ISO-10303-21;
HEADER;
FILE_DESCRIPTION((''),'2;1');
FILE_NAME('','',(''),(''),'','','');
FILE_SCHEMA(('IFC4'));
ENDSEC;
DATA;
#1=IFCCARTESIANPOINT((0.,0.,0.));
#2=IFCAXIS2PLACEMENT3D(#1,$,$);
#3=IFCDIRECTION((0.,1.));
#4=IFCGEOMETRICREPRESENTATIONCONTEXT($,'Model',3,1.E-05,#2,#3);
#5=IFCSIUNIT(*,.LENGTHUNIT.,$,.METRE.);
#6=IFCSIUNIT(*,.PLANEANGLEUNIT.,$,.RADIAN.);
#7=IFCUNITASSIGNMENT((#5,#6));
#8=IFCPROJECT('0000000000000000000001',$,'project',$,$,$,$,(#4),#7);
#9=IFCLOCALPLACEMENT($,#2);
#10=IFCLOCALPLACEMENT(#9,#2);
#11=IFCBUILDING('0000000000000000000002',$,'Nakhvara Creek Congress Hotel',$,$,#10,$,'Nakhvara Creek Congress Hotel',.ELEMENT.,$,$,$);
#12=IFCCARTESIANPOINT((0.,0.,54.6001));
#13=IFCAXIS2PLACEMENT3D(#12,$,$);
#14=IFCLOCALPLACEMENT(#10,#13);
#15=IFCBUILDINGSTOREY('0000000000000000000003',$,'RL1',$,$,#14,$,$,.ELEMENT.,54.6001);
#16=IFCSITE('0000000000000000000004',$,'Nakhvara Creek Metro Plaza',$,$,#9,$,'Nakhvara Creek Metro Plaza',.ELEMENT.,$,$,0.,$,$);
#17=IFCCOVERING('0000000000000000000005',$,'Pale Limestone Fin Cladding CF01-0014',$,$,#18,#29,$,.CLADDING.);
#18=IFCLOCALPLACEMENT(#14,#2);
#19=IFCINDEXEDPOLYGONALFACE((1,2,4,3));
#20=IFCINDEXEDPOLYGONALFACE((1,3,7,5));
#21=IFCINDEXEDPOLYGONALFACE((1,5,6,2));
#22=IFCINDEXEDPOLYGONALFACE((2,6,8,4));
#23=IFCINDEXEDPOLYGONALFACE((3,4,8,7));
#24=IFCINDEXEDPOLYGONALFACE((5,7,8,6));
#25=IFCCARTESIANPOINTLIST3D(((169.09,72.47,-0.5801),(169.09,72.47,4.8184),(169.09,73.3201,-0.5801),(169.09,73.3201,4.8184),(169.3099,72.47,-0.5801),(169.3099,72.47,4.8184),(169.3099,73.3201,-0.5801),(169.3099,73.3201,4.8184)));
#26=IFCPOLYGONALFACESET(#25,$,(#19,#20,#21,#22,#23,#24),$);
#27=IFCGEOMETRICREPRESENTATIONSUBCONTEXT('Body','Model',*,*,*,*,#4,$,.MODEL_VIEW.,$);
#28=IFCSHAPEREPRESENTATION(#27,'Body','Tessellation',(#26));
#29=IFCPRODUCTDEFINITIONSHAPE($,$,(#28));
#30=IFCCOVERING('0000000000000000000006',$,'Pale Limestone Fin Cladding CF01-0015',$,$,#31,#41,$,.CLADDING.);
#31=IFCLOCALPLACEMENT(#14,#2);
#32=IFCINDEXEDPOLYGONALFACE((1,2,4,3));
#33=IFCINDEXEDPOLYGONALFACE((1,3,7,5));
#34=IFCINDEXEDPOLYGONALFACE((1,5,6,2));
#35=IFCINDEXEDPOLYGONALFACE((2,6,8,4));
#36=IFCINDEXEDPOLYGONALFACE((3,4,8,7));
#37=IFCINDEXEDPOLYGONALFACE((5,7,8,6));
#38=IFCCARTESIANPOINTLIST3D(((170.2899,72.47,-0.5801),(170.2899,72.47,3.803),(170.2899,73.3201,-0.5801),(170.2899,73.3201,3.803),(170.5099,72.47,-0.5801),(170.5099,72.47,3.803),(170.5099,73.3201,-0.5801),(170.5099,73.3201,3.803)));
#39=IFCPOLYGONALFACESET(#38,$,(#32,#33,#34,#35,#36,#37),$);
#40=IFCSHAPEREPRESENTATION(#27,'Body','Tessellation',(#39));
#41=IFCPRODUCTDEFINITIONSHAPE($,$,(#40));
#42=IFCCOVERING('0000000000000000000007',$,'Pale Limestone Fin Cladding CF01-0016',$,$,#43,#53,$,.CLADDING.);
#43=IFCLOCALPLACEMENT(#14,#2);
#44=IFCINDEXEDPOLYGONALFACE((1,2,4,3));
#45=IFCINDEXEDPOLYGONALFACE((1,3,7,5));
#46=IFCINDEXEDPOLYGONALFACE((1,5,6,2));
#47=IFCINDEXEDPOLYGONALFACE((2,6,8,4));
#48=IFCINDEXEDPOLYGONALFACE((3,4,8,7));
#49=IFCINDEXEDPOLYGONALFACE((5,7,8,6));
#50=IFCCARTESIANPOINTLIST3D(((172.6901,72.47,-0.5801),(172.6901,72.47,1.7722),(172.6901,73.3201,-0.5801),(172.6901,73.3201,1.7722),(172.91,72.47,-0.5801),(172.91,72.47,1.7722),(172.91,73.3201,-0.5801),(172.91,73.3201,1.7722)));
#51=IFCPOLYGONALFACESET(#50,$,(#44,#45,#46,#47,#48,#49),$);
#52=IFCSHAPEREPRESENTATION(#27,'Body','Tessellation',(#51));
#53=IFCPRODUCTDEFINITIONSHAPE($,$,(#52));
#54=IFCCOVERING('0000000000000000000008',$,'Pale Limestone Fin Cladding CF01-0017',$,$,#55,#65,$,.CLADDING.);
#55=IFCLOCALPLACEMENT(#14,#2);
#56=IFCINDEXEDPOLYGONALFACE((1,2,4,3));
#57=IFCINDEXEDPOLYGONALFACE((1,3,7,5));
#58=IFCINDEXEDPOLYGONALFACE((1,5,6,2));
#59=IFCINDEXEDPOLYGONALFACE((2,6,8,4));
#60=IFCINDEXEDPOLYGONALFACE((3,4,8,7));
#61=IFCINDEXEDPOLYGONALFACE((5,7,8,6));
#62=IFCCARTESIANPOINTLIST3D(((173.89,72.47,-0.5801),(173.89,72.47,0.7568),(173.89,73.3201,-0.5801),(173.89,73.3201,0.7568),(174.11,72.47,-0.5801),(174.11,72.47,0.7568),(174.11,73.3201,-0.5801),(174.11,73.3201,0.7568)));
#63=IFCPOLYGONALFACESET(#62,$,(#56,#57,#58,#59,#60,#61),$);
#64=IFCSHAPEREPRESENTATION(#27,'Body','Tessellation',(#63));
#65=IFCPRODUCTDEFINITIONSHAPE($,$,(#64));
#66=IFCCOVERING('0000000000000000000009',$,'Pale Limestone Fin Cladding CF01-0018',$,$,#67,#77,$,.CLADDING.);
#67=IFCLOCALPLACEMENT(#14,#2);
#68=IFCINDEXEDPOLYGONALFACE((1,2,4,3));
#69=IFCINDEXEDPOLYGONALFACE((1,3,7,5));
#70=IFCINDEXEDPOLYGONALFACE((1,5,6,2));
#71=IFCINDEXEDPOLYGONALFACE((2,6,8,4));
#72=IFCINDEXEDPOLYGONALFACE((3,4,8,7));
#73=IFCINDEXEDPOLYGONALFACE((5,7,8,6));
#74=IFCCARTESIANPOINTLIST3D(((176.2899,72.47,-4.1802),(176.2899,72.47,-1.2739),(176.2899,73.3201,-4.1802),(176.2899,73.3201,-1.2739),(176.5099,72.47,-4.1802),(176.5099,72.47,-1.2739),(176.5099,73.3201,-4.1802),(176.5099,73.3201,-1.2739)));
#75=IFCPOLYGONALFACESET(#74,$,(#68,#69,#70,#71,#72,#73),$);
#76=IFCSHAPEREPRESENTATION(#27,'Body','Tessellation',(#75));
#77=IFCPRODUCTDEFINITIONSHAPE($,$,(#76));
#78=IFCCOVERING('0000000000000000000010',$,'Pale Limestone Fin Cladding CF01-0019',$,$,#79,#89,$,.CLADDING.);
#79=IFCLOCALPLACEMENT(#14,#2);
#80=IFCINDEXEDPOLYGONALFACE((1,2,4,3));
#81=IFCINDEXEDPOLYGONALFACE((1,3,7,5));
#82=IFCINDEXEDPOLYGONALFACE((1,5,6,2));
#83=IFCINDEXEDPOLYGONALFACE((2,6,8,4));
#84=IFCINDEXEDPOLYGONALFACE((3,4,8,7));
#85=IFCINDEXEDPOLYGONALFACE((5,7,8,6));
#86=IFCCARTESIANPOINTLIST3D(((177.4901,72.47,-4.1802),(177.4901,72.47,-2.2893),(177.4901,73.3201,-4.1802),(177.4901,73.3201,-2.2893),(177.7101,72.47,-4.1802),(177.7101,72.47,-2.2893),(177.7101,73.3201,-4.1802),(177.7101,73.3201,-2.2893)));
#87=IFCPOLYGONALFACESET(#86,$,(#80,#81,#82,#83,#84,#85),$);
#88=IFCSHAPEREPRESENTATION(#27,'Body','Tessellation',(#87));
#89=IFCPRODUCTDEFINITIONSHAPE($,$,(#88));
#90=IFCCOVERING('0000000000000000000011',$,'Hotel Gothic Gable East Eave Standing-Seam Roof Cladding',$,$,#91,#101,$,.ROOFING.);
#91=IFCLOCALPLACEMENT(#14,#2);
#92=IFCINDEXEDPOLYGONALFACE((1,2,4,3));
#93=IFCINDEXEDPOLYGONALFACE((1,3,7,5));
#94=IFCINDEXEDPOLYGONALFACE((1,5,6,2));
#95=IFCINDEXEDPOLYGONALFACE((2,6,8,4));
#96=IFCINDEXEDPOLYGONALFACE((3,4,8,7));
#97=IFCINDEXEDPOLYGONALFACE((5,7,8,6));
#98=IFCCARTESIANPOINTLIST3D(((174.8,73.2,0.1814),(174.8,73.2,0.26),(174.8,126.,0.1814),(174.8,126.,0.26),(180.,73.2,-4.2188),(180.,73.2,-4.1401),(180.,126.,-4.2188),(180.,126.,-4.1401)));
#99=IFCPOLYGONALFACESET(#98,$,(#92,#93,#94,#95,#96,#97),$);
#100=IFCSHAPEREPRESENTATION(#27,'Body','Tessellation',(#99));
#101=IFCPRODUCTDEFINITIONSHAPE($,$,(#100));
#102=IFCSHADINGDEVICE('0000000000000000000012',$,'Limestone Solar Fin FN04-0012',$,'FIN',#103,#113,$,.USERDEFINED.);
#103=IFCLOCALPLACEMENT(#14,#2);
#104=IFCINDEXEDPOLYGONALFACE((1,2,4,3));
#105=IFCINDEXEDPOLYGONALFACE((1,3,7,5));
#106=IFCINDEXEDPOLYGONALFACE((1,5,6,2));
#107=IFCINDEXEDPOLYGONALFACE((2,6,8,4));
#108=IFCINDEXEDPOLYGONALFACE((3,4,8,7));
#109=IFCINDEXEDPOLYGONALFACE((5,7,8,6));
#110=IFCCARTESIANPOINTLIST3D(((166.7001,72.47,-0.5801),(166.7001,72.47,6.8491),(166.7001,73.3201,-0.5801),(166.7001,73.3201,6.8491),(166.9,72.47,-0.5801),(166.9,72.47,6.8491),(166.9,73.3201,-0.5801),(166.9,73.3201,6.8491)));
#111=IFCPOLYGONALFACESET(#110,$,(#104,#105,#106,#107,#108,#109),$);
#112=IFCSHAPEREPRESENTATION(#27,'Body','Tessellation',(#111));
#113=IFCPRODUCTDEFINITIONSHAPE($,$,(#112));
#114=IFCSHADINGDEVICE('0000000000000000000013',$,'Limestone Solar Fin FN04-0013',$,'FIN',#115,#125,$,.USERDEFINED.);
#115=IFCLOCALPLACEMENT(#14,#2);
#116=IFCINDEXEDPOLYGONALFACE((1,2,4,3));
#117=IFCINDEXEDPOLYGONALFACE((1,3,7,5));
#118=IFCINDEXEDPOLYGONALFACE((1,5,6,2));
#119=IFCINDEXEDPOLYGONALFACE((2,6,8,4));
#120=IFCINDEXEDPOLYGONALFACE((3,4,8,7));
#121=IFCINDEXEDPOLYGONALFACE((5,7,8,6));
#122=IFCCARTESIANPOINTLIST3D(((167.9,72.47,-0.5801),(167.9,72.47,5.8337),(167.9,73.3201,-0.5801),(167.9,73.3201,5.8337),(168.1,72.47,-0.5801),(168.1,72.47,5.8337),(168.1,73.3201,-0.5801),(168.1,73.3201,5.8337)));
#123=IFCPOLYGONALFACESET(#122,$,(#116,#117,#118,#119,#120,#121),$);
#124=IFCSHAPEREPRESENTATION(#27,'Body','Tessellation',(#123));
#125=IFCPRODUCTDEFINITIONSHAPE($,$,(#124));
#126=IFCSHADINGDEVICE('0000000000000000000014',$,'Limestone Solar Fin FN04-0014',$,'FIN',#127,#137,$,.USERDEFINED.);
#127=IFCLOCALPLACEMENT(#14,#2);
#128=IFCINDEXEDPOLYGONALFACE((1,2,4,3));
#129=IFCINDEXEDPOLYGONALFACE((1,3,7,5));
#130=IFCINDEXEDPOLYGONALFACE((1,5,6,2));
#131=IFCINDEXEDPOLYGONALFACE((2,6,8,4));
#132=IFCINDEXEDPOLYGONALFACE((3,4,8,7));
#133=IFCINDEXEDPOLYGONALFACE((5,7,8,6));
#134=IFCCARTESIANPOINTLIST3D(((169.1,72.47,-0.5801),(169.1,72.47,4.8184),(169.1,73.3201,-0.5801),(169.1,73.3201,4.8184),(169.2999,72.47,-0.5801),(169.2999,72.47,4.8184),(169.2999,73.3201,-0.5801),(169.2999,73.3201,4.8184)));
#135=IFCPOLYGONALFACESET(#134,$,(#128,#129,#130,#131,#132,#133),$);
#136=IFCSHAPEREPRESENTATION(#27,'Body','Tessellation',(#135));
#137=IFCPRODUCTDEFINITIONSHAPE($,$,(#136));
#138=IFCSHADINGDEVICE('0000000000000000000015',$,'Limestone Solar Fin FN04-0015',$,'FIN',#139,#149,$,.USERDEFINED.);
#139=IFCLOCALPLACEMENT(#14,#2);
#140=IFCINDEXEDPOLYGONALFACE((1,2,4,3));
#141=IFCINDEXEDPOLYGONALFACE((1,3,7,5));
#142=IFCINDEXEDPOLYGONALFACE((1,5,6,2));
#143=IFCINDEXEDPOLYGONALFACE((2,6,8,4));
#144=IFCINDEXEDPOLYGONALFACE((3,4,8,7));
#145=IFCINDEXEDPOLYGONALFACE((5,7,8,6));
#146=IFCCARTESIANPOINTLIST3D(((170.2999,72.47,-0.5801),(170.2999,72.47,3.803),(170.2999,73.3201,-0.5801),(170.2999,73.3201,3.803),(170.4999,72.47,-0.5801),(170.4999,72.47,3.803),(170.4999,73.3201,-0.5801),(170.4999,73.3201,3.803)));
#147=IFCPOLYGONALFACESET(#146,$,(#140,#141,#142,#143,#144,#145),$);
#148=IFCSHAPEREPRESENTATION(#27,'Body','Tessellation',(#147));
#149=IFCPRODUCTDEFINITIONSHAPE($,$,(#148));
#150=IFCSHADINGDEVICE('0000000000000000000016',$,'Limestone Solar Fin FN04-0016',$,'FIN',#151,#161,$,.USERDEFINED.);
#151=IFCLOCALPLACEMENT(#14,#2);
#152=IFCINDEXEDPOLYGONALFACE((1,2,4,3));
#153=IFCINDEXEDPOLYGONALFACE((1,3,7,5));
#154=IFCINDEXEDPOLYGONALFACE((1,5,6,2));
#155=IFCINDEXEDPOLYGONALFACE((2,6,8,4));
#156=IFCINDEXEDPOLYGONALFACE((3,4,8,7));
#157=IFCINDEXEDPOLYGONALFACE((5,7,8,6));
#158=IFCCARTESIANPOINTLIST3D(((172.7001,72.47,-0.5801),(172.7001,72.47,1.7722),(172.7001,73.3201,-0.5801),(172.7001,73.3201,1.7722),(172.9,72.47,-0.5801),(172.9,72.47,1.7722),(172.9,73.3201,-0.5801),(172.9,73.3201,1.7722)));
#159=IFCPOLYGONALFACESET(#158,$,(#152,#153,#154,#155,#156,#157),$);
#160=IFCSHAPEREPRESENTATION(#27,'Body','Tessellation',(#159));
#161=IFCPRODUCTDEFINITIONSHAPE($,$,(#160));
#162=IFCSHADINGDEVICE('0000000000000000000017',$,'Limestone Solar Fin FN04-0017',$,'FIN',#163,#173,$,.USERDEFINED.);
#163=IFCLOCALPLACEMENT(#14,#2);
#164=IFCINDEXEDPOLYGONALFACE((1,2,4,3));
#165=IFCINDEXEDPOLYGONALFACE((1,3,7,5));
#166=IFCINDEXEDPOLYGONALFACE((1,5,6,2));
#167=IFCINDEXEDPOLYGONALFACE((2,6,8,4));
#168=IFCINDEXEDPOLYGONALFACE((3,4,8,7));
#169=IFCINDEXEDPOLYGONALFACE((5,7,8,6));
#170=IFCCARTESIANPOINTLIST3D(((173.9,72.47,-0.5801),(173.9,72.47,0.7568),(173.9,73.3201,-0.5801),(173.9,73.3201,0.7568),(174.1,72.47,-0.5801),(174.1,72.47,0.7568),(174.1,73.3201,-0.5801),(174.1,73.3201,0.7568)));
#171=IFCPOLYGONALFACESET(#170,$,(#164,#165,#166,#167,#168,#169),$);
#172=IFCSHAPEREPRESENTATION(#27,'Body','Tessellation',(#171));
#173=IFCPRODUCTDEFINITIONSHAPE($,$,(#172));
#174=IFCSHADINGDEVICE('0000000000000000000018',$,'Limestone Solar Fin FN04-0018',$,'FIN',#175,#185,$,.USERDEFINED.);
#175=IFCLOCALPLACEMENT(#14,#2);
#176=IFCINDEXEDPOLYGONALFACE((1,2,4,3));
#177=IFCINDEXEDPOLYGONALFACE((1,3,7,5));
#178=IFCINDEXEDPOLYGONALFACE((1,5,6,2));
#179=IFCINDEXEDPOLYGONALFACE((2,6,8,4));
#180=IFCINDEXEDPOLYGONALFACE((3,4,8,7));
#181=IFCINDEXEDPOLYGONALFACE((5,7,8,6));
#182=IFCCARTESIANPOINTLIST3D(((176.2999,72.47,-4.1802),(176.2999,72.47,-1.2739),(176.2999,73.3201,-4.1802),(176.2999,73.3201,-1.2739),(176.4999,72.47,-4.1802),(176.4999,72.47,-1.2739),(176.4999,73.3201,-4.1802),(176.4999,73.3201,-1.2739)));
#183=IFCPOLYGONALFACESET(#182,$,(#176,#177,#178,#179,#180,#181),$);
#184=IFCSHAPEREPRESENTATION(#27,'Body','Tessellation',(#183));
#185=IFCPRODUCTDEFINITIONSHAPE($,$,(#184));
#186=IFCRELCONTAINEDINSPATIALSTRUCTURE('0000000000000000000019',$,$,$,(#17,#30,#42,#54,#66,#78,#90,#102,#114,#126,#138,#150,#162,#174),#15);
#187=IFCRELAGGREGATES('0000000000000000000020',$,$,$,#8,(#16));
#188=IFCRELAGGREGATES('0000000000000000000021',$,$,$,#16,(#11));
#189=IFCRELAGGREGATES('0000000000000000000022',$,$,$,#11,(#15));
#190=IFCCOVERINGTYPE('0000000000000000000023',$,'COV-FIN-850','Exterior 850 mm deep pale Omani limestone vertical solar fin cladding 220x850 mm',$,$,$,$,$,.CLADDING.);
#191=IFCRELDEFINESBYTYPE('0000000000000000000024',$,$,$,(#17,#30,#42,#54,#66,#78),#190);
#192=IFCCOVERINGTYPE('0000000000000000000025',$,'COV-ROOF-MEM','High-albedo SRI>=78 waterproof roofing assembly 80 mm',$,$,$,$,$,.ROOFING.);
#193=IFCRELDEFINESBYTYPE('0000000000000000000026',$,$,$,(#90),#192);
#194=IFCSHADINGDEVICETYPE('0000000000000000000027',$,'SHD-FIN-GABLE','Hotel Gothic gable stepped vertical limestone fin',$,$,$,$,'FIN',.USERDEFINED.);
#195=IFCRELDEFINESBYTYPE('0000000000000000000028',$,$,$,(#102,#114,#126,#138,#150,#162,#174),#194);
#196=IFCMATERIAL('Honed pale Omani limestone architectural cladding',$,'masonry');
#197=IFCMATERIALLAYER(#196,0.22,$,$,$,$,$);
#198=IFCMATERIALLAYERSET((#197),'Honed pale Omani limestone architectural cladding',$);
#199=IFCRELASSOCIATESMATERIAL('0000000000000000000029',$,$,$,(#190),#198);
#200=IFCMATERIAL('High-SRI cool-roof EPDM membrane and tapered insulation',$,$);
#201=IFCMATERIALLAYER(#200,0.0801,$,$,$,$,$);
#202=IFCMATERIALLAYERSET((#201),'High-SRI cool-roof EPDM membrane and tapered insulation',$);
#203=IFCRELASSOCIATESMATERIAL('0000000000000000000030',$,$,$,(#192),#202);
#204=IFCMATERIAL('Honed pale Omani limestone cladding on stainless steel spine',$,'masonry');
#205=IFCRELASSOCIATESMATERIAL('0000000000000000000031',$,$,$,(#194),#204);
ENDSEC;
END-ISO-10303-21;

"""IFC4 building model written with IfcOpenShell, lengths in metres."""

from ifc_helpers import new_model, si_unit, direction, frame, origin, origin_2d, place, context, subcontext, project, spatial, polyline, rectangle, outline, extrude, material, layer, layer_set, type_object, element, save


model = new_model("IFC4")

# Units and contexts
model_context = context("Model", 3, precision=1e-05, world=origin(), true_north=direction((0.0, 1.0)))
body_context = subcontext(model_context, "Body", "Model", "MODEL_VIEW")
ifc_project = project(units=[si_unit("LENGTHUNIT", "METRE"), si_unit("PLANEANGLEUNIT", "RADIAN")], contexts=[model_context])

# Site, building, storey
site_placement = place(None, origin())
site = spatial("IfcSite", under=ifc_project, at=site_placement, Name="Nakhvara Creek Metro Plaza", LongName="Nakhvara Creek Metro Plaza", CompositionType="ELEMENT", RefElevation=0.0)
building_placement = place(site_placement, origin())
building = spatial("IfcBuilding", under=site, at=building_placement, Name="Nakhvara Creek Congress Hotel", LongName="Nakhvara Creek Congress Hotel", CompositionType="ELEMENT")
storey_placement = place(building_placement, frame((0.0, 0.0, 54.6001)))
storey = spatial("IfcBuildingStorey", under=building, at=storey_placement, Name="RL1", CompositionType="ELEMENT", Elevation=54.6001)

# Coverings
ifc_material_1 = material(Name="Honed pale Omani limestone architectural cladding", Category="masonry")
ifc_layer_1 = layer(ifc_material_1, 0.22)
ifc_layer_set_1 = layer_set([ifc_layer_1], Name="Honed pale Omani limestone architectural cladding")
covering_type_1 = type_object("IfcCoveringType", Name="COV-FIN-850", Description="Exterior 850 mm deep pale Omani limestone vertical solar fin cladding 220x850 mm", PredefinedType="CLADDING", material=ifc_layer_set_1)
covering_1_placement = place(storey_placement, frame((169.2, 72.895, -0.5801), z_axis=(0.0, 0.0, 1.0), x_axis=(1.0, 0.0, 0.0)))
element("IfcCovering", 1, at=covering_1_placement, inside=storey, type_object=covering_type_1, Name="Pale Limestone Fin Cladding CF01-0014", PredefinedType="CLADDING", context=body_context, shape_type="SweptSolid", body=[
    extrude(rectangle(XDim=0.22, YDim=0.8501, at=origin_2d()), origin(), (0.0, 0.0, 1.0), 5.3984),
])
covering_2_placement = place(storey_placement, frame((170.3999, 72.895, -0.5801), z_axis=(0.0, 0.0, 1.0), x_axis=(1.0, 0.0, 0.0)))
element("IfcCovering", 2, at=covering_2_placement, inside=storey, type_object=covering_type_1, Name="Pale Limestone Fin Cladding CF01-0015", PredefinedType="CLADDING", context=body_context, shape_type="SweptSolid", body=[
    extrude(rectangle(XDim=0.22, YDim=0.8501, at=origin_2d()), origin(), (0.0, 0.0, 1.0), 4.3831),
])
covering_3_placement = place(storey_placement, frame((172.8, 72.895, -0.5801), z_axis=(0.0, 0.0, 1.0), x_axis=(1.0, 0.0, 0.0)))
element("IfcCovering", 3, at=covering_3_placement, inside=storey, type_object=covering_type_1, Name="Pale Limestone Fin Cladding CF01-0016", PredefinedType="CLADDING", context=body_context, shape_type="SweptSolid", body=[
    extrude(rectangle(XDim=0.22, YDim=0.8501, at=origin_2d()), origin(), (0.0, 0.0, 1.0), 2.3523),
])
covering_4_placement = place(storey_placement, frame((174.0, 72.895, -0.5801), z_axis=(0.0, 0.0, 1.0), x_axis=(1.0, 0.0, 0.0)))
element("IfcCovering", 4, at=covering_4_placement, inside=storey, type_object=covering_type_1, Name="Pale Limestone Fin Cladding CF01-0017", PredefinedType="CLADDING", context=body_context, shape_type="SweptSolid", body=[
    extrude(rectangle(XDim=0.22, YDim=0.8501, at=origin_2d()), origin(), (0.0, 0.0, 1.0), 1.3369),
])
covering_5_placement = place(storey_placement, frame((176.3999, 72.895, -4.1802), z_axis=(0.0, 0.0, 1.0), x_axis=(1.0, 0.0, 0.0)))
element("IfcCovering", 5, at=covering_5_placement, inside=storey, type_object=covering_type_1, Name="Pale Limestone Fin Cladding CF01-0018", PredefinedType="CLADDING", context=body_context, shape_type="SweptSolid", body=[
    extrude(rectangle(XDim=0.22, YDim=0.8501, at=origin_2d()), origin(), (0.0, 0.0, 1.0), 2.9062),
])
covering_6_placement = place(storey_placement, frame((177.6001, 72.895, -4.1802), z_axis=(0.0, 0.0, 1.0), x_axis=(1.0, 0.0, 0.0)))
element("IfcCovering", 6, at=covering_6_placement, inside=storey, type_object=covering_type_1, Name="Pale Limestone Fin Cladding CF01-0019", PredefinedType="CLADDING", context=body_context, shape_type="SweptSolid", body=[
    extrude(rectangle(XDim=0.22, YDim=0.8501, at=origin_2d()), origin(), (0.0, 0.0, 1.0), 1.8909),
])
ifc_material_2 = material(Name="High-SRI cool-roof EPDM membrane and tapered insulation")
ifc_layer_2 = layer(ifc_material_2, 0.0801)
ifc_layer_set_2 = layer_set([ifc_layer_2], Name="High-SRI cool-roof EPDM membrane and tapered insulation")
covering_type_2 = type_object("IfcCoveringType", Name="COV-ROOF-MEM", Description="High-albedo SRI>=78 waterproof roofing assembly 80 mm", PredefinedType="ROOFING", material=ifc_layer_set_2)
covering_7_placement = place(storey_placement, frame((174.8, 73.2, 0.26), z_axis=(0.0, 0.0, 1.0), x_axis=(1.0, 0.0, 0.0)))
element("IfcCovering", 7, at=covering_7_placement, inside=storey, type_object=covering_type_2, Name="Hotel Gothic Gable East Eave Standing-Seam Roof Cladding", PredefinedType="ROOFING", context=body_context, shape_type="SweptSolid", body=[
    extrude(outline(polyline([(0.0, 0.0), (5.2, -4.4001), (5.2, -4.4788), (0.0, -0.0786), (0.0, 0.0)])), frame((0.0, 52.8, 0.0), z_axis=(0.0, -1.0, 0.0), x_axis=(1.0, 0.0, 0.0)), (0.0, 0.0, 1.0), 52.8),
])

# Shading devices
ifc_material_3 = material(Name="Honed pale Omani limestone cladding on stainless steel spine", Category="masonry")
shading_device_type = type_object("IfcShadingDeviceType", Name="SHD-FIN-GABLE", Description="Hotel Gothic gable stepped vertical limestone fin", ElementType="FIN", PredefinedType="USERDEFINED", material=ifc_material_3)
shading_device_1_placement = place(storey_placement, frame((166.8, 72.895, -0.5801), z_axis=(0.0, 0.0, 1.0), x_axis=(1.0, 0.0, 0.0)))
element("IfcShadingDevice", 8, at=shading_device_1_placement, inside=storey, type_object=shading_device_type, Name="Limestone Solar Fin FN04-0012", ObjectType="FIN", PredefinedType="USERDEFINED", context=body_context, shape_type="SweptSolid", body=[
    extrude(rectangle(XDim=0.2, YDim=0.8501, at=origin_2d()), origin(), (0.0, 0.0, 1.0), 7.4292),
])
shading_device_2_placement = place(storey_placement, frame((168.0, 72.895, -0.5801), z_axis=(0.0, 0.0, 1.0), x_axis=(1.0, 0.0, 0.0)))
element("IfcShadingDevice", 9, at=shading_device_2_placement, inside=storey, type_object=shading_device_type, Name="Limestone Solar Fin FN04-0013", ObjectType="FIN", PredefinedType="USERDEFINED", context=body_context, shape_type="SweptSolid", body=[
    extrude(rectangle(XDim=0.2, YDim=0.8501, at=origin_2d()), origin(), (0.0, 0.0, 1.0), 6.4138),
])
shading_device_3_placement = place(storey_placement, frame((169.2, 72.895, -0.5801), z_axis=(0.0, 0.0, 1.0), x_axis=(1.0, 0.0, 0.0)))
element("IfcShadingDevice", 10, at=shading_device_3_placement, inside=storey, type_object=shading_device_type, Name="Limestone Solar Fin FN04-0014", ObjectType="FIN", PredefinedType="USERDEFINED", context=body_context, shape_type="SweptSolid", body=[
    extrude(rectangle(XDim=0.2, YDim=0.8501, at=origin_2d()), origin(), (0.0, 0.0, 1.0), 5.3984),
])
shading_device_4_placement = place(storey_placement, frame((170.3999, 72.895, -0.5801), z_axis=(0.0, 0.0, 1.0), x_axis=(1.0, 0.0, 0.0)))
element("IfcShadingDevice", 11, at=shading_device_4_placement, inside=storey, type_object=shading_device_type, Name="Limestone Solar Fin FN04-0015", ObjectType="FIN", PredefinedType="USERDEFINED", context=body_context, shape_type="SweptSolid", body=[
    extrude(rectangle(XDim=0.2, YDim=0.8501, at=origin_2d()), origin(), (0.0, 0.0, 1.0), 4.3831),
])
shading_device_5_placement = place(storey_placement, frame((172.8, 72.895, -0.5801), z_axis=(0.0, 0.0, 1.0), x_axis=(1.0, 0.0, 0.0)))
element("IfcShadingDevice", 12, at=shading_device_5_placement, inside=storey, type_object=shading_device_type, Name="Limestone Solar Fin FN04-0016", ObjectType="FIN", PredefinedType="USERDEFINED", context=body_context, shape_type="SweptSolid", body=[
    extrude(rectangle(XDim=0.2, YDim=0.8501, at=origin_2d()), origin(), (0.0, 0.0, 1.0), 2.3523),
])
shading_device_6_placement = place(storey_placement, frame((174.0, 72.895, -0.5801), z_axis=(0.0, 0.0, 1.0), x_axis=(1.0, 0.0, 0.0)))
element("IfcShadingDevice", 13, at=shading_device_6_placement, inside=storey, type_object=shading_device_type, Name="Limestone Solar Fin FN04-0017", ObjectType="FIN", PredefinedType="USERDEFINED", context=body_context, shape_type="SweptSolid", body=[
    extrude(rectangle(XDim=0.2, YDim=0.8501, at=origin_2d()), origin(), (0.0, 0.0, 1.0), 1.3369),
])
shading_device_7_placement = place(storey_placement, frame((176.3999, 72.895, -4.1802), z_axis=(0.0, 0.0, 1.0), x_axis=(1.0, 0.0, 0.0)))
element("IfcShadingDevice", 14, at=shading_device_7_placement, inside=storey, type_object=shading_device_type, Name="Limestone Solar Fin FN04-0018", ObjectType="FIN", PredefinedType="USERDEFINED", context=body_context, shape_type="SweptSolid", body=[
    extrude(rectangle(XDim=0.2, YDim=0.8501, at=origin_2d()), origin(), (0.0, 0.0, 1.0), 2.9062),
])

save(model, "model.ifc")
